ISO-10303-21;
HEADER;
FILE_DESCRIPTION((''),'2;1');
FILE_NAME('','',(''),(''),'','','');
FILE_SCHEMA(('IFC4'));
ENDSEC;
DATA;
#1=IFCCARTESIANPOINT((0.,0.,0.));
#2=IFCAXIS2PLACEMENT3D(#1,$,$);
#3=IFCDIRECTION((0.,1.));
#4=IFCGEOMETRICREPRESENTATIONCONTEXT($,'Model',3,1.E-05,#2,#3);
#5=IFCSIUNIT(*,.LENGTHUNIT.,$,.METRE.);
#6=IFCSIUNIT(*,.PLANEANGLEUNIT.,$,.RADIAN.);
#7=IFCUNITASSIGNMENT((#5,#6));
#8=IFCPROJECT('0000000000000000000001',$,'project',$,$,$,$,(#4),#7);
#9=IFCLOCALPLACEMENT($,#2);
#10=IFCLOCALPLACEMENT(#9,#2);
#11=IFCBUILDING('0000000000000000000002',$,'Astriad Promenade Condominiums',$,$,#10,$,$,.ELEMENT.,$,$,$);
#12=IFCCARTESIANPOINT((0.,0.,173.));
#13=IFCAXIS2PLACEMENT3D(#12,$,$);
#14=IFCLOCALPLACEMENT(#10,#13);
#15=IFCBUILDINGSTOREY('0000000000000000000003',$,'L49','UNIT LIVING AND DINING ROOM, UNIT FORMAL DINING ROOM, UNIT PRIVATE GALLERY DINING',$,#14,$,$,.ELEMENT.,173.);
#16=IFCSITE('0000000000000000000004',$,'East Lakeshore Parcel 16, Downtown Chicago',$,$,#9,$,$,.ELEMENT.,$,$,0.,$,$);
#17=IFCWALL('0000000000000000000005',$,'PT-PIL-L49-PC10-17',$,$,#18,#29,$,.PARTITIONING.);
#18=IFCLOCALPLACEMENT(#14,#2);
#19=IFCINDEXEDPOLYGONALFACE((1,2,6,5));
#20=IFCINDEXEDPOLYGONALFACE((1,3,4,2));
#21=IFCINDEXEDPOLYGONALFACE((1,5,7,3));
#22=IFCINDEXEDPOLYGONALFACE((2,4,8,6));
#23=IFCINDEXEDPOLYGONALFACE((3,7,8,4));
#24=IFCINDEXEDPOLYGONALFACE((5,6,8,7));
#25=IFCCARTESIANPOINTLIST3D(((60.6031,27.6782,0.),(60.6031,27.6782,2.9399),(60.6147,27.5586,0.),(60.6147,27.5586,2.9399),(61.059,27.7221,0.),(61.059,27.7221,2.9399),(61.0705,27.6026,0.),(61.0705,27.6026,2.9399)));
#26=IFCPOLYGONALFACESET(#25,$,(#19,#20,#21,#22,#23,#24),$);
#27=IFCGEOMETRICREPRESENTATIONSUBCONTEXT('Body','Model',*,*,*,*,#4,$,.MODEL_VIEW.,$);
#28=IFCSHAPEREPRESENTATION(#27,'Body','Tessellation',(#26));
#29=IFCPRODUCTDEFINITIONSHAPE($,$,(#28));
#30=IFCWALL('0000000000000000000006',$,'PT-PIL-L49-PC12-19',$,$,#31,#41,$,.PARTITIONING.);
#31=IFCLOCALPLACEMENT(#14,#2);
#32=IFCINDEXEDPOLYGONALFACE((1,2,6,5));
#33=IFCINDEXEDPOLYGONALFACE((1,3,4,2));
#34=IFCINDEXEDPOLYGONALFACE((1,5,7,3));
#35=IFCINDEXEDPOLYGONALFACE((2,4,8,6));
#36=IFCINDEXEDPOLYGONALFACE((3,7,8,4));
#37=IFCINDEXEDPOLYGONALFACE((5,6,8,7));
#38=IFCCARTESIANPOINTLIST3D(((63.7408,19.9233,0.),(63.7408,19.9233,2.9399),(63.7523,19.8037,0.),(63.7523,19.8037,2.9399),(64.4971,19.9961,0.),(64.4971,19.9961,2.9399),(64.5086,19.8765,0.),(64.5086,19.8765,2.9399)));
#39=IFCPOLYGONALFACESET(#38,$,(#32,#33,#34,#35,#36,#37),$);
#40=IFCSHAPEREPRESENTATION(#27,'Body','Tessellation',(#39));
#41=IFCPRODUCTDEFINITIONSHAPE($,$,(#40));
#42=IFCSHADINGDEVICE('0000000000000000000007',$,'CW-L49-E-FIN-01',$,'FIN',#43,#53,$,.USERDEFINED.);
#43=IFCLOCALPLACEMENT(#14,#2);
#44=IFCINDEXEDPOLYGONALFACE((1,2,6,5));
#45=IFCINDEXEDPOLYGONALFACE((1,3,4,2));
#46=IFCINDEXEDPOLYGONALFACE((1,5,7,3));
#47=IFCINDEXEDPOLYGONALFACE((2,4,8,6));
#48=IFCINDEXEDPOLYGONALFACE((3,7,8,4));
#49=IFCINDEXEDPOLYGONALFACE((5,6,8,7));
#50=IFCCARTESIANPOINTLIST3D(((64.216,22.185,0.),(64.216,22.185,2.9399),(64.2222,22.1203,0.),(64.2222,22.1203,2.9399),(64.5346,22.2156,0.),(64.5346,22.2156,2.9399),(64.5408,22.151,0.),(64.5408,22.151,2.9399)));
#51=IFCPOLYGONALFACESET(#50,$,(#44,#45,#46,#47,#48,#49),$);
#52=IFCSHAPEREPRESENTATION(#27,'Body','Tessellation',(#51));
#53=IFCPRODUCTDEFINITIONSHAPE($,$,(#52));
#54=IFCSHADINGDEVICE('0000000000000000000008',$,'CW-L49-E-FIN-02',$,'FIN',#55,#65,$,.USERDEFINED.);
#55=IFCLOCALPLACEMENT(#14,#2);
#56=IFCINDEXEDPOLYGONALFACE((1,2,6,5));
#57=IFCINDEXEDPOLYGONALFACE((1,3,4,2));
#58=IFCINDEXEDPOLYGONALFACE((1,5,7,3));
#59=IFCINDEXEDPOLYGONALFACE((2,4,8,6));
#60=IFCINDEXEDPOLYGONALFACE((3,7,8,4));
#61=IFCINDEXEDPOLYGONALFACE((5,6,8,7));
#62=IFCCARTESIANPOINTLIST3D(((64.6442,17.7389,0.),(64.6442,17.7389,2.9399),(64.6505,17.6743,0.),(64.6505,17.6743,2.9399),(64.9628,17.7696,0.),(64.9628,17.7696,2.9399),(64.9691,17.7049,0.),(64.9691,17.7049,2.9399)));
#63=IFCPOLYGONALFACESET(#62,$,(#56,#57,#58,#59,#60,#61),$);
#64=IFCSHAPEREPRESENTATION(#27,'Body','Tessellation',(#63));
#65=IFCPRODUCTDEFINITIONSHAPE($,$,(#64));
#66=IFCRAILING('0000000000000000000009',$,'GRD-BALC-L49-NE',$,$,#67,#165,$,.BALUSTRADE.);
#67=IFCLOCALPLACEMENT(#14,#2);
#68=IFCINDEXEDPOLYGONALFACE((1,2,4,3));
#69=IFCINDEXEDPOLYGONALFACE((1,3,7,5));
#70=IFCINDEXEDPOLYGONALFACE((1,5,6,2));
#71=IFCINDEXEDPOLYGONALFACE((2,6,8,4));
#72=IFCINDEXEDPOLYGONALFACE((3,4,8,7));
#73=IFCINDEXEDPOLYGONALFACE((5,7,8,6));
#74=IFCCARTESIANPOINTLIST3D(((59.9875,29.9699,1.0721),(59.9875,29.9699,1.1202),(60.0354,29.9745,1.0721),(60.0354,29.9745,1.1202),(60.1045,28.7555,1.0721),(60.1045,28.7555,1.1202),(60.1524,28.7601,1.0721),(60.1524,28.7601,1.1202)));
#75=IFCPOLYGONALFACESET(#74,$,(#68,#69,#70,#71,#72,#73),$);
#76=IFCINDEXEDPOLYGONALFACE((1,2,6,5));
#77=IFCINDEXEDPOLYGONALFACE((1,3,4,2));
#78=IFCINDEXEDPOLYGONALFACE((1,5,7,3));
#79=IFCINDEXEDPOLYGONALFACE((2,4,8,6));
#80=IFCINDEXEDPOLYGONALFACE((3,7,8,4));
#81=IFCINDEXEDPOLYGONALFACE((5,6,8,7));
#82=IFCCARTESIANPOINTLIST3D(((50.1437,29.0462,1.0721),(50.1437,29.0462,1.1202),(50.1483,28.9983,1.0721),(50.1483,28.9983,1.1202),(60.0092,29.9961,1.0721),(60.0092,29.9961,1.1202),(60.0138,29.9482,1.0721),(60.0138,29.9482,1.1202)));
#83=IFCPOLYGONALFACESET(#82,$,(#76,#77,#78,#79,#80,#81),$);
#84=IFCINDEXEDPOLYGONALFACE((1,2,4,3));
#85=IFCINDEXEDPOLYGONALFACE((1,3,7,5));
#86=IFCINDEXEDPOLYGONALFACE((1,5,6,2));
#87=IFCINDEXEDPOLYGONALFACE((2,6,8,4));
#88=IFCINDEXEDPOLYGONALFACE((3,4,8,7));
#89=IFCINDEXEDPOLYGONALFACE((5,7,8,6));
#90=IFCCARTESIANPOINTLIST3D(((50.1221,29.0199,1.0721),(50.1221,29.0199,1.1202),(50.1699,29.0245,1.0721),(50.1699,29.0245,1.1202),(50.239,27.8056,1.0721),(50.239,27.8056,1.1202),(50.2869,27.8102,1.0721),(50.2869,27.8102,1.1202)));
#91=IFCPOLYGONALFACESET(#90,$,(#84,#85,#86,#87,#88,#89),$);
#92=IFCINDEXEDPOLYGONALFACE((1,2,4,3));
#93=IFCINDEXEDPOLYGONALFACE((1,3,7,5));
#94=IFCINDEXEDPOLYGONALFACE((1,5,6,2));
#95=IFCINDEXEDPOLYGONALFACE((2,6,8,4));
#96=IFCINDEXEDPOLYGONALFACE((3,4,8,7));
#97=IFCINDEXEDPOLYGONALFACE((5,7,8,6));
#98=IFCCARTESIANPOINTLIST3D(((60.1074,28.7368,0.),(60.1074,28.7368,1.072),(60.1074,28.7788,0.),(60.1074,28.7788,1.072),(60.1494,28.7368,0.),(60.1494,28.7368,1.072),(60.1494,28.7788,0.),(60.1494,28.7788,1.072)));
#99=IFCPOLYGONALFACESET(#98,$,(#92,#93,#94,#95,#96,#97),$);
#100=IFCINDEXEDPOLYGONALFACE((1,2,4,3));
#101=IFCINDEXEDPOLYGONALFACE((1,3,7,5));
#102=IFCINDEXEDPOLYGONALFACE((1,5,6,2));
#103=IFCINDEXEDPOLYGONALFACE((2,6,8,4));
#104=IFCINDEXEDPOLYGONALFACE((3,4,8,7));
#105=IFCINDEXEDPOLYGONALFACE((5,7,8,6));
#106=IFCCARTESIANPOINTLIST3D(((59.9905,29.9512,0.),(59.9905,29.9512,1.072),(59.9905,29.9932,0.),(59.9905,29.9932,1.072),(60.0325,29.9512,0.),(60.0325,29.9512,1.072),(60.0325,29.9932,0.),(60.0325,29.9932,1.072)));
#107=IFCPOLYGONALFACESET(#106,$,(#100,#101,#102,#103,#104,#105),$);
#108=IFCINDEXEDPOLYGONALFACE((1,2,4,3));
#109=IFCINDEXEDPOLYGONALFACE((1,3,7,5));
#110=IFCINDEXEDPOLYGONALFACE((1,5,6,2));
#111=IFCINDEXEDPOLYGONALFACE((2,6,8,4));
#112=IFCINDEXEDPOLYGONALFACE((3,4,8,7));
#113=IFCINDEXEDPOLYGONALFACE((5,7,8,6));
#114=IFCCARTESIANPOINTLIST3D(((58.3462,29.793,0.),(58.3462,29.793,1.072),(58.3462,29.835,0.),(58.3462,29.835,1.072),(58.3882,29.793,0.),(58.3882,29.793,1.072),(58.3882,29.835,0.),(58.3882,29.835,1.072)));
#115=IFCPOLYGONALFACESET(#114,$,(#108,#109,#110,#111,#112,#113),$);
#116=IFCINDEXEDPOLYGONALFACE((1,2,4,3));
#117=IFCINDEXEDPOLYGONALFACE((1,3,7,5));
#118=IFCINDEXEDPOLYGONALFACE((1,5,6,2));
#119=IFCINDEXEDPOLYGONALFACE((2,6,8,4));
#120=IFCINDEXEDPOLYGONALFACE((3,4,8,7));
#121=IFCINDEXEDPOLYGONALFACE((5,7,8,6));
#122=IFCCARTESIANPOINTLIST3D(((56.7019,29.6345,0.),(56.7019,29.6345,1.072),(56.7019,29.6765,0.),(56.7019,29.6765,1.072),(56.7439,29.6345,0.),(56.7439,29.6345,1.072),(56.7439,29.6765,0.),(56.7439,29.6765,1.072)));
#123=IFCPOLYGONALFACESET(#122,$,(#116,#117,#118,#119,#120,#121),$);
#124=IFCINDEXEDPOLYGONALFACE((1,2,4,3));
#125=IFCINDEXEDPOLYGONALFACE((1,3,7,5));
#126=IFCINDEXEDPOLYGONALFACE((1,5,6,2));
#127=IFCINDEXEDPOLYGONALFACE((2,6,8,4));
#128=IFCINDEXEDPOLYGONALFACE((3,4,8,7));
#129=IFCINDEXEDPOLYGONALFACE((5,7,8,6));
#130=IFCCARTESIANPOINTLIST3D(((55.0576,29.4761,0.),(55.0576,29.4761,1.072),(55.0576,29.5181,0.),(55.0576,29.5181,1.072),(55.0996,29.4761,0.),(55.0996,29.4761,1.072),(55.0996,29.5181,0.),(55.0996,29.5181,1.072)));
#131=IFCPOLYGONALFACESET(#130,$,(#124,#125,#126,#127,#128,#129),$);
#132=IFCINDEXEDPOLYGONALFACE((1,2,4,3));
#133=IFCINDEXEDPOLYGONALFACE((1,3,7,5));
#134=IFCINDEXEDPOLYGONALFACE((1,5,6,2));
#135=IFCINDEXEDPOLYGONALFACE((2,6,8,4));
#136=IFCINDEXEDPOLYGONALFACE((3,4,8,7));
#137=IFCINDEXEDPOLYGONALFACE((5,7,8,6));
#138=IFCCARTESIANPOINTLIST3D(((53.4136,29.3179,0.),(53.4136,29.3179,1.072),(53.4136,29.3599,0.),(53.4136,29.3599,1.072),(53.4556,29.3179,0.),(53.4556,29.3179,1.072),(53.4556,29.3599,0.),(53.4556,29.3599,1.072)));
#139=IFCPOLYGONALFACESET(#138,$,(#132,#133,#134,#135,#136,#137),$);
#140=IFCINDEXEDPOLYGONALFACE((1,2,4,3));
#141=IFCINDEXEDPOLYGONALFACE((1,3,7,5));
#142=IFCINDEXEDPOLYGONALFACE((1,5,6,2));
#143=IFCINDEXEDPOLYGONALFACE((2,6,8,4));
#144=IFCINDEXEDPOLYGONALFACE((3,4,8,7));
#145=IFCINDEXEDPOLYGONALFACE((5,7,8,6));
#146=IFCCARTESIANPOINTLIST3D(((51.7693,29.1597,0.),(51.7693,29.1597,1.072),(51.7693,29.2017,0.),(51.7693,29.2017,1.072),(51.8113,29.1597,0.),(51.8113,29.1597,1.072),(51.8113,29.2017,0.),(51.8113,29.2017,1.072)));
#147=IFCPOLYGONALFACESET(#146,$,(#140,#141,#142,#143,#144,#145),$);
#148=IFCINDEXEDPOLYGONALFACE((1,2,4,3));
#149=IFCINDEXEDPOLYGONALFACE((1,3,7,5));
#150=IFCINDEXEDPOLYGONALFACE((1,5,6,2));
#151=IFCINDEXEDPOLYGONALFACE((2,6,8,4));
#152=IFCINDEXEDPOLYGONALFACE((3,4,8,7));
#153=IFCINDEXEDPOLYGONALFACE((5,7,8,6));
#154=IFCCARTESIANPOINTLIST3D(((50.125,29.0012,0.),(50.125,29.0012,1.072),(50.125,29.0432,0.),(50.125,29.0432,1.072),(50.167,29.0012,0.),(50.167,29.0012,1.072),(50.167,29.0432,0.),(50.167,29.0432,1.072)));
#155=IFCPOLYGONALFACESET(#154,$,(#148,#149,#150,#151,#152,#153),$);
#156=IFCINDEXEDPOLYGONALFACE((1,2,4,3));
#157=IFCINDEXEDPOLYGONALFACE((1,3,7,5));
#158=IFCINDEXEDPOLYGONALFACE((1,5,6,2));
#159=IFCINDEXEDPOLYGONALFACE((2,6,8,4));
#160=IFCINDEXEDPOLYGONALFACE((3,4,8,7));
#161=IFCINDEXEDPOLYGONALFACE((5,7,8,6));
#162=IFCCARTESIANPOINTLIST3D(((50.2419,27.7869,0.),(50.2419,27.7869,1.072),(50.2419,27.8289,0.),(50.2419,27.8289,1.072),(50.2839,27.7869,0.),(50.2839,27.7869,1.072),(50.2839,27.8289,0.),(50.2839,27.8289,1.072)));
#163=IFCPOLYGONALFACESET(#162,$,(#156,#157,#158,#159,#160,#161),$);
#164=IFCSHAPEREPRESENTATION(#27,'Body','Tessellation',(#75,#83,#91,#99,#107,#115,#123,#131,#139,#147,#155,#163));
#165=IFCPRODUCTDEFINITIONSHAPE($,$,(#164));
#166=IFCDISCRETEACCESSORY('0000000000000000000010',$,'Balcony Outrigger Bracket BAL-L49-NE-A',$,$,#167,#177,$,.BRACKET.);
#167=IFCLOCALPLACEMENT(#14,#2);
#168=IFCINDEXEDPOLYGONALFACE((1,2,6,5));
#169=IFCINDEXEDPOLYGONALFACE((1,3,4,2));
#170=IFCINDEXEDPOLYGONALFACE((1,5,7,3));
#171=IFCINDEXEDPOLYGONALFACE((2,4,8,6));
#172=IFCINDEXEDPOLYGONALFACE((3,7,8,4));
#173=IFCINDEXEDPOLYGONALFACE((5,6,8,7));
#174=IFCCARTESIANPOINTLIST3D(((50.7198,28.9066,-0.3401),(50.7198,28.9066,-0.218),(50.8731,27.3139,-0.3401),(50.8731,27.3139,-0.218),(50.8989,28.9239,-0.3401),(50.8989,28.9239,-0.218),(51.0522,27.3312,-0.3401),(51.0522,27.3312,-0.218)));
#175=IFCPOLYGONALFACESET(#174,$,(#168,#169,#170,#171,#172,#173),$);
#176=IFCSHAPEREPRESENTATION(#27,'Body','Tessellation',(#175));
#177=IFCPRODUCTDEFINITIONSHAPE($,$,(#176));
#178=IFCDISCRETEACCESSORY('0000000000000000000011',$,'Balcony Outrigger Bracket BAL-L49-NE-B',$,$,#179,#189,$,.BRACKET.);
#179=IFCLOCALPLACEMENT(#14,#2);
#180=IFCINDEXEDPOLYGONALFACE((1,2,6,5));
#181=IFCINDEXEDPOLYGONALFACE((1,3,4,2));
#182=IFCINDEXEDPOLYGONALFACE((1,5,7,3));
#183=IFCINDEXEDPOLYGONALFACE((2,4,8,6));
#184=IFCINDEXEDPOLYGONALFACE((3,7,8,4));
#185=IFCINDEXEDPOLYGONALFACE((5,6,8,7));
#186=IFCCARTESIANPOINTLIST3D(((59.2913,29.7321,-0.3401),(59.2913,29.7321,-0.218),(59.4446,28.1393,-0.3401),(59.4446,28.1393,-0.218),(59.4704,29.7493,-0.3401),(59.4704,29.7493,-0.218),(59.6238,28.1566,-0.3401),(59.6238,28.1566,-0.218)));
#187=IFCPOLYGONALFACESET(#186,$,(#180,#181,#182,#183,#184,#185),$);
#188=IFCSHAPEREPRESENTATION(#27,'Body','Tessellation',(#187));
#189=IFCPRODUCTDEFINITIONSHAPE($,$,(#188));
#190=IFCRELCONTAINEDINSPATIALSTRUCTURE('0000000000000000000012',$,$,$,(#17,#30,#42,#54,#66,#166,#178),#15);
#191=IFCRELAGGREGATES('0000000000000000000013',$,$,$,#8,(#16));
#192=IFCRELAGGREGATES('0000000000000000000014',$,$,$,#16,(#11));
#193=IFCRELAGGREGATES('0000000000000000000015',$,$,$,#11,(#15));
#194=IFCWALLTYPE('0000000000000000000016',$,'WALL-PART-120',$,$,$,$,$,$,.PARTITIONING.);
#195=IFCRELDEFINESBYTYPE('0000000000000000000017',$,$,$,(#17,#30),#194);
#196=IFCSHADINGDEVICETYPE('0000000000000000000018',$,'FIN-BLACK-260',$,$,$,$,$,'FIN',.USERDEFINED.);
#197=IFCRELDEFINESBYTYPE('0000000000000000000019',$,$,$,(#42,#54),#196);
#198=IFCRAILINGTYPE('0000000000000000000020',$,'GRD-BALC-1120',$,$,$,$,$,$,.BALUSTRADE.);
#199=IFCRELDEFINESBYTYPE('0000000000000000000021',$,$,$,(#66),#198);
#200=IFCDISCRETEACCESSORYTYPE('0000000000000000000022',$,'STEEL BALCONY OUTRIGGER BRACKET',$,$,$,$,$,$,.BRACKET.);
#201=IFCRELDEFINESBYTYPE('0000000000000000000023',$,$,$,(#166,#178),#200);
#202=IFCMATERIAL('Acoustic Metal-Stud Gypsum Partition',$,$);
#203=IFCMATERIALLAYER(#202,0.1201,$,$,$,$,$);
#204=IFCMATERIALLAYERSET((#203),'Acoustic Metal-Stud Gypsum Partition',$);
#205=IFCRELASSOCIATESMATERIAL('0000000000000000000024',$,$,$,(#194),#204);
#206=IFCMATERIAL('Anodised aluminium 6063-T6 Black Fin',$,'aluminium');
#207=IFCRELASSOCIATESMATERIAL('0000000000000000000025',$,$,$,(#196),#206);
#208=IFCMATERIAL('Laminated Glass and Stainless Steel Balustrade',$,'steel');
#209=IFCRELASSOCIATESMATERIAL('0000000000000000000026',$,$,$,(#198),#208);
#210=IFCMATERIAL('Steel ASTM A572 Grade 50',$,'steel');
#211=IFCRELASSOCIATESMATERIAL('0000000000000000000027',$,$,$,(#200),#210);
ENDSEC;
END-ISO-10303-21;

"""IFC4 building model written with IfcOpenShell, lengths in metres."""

from ifc_helpers import new_model, si_unit, direction, frame, frame_2d, origin, origin_2d, place, context, subcontext, project, spatial, rectangle, extrude, source, transform, mapped, material, layer, layer_set, type_object, type_shapes, element, save


model = new_model("IFC4")

# Units and contexts
model_context = context("Model", 3, precision=1e-05, world=origin(), true_north=direction((0.0, 1.0)))
body_context = subcontext(model_context, "Body", "Model", "MODEL_VIEW")
ifc_project = project(units=[si_unit("LENGTHUNIT", "METRE"), si_unit("PLANEANGLEUNIT", "RADIAN")], contexts=[model_context])

# Site, building, storey
site_placement = place(None, origin())
site = spatial("IfcSite", under=ifc_project, at=site_placement, Name="East Lakeshore Parcel 16, Downtown Chicago", CompositionType="ELEMENT", RefElevation=0.0)
building_placement = place(site_placement, origin())
building = spatial("IfcBuilding", under=site, at=building_placement, Name="Astriad Promenade Condominiums", CompositionType="ELEMENT")
storey_placement = place(building_placement, frame((0.0, 0.0, 173.0)))
storey = spatial("IfcBuildingStorey", under=building, at=storey_placement, Name="L49", Description="UNIT LIVING AND DINING ROOM, UNIT FORMAL DINING ROOM, UNIT PRIVATE GALLERY DINING", CompositionType="ELEMENT", Elevation=173.0)

# Shared definitions
ifc_material_1 = material(Name="Acoustic Metal-Stud Gypsum Partition")
ifc_layer_1 = layer(ifc_material_1, 0.1201)
ifc_layer_set_1 = layer_set([ifc_layer_1], Name="Acoustic Metal-Stud Gypsum Partition")
wall_type_1 = type_object("IfcWallType", Name="WALL-PART-120", PredefinedType="PARTITIONING", material=ifc_layer_set_1)

# Walls
wall_1_placement = place(storey_placement, frame((60.6089, 27.6184, 0.0), z_axis=(0.0, 0.0, 1.0), x_axis=(0.995385, 0.095966, 0.0)))
element("IfcWall", 1, at=wall_1_placement, inside=storey, type_object=wall_type_1, Name="PT-PIL-L49-PC10-17", PredefinedType="PARTITIONING", context=body_context, shape_type="SweptSolid", body=[
    extrude(rectangle(XDim=0.458, YDim=0.1201, at=frame_2d((0.229, 0.0))), origin(), (0.0, 0.0, 1.0), 2.9399),
])
wall_2_placement = place(storey_placement, frame((63.7466, 19.8635, 0.0), z_axis=(0.0, 0.0, 1.0), x_axis=(0.995405, 0.095749, 0.0)))
element("IfcWall", 2, at=wall_2_placement, inside=storey, type_object=wall_type_1, Name="PT-PIL-L49-PC12-19", PredefinedType="PARTITIONING", context=body_context, shape_type="SweptSolid", body=[
    extrude(rectangle(XDim=0.7598, YDim=0.1201, at=frame_2d((0.3799, 0.0))), origin(), (0.0, 0.0, 1.0), 2.9399),
])

# Shading devices
ifc_material_2 = material(Name="Anodised aluminium 6063-T6 Black Fin", Category="aluminium")
shading_device_type = type_object("IfcShadingDeviceType", Name="FIN-BLACK-260", ElementType="FIN", PredefinedType="USERDEFINED", material=ifc_material_2)
shared_shape_1 = source(origin(), body_context, "Body", "SweptSolid", [
    extrude(rectangle(XDim=0.0649, YDim=0.3201, at=origin_2d()), origin(), (0.0, 0.0, 1.0), 2.9399),
])
type_shapes(shading_device_type, [shared_shape_1])
for number, where, z_axis, x_axis, name in (
    (3, (64.3784, 22.168, 0.0), (0.0, 0.0, 1.0), (0.095846, -0.995396, 0.0), "CW-L49-E-FIN-01"),
    (4, (64.8066, 17.7219, 0.0), (0.0, 0.0, 1.0), (0.095846, -0.995396, 0.0), "CW-L49-E-FIN-02"),
):
    element("IfcShadingDevice", number, at=place(storey_placement, frame(where, z_axis=z_axis, x_axis=x_axis)), inside=storey, type_object=shading_device_type, Name=name, ObjectType="FIN", PredefinedType="USERDEFINED", context=body_context, shape_type="MappedRepresentation", body=[
        mapped(shared_shape_1, transform((0.0, 0.0, 0.0), scale=1.0)),
    ])

# Railing
ifc_material_3 = material(Name="Laminated Glass and Stainless Steel Balustrade", Category="steel")
railing_type = type_object("IfcRailingType", Name="GRD-BALC-1120", PredefinedType="BALUSTRADE", material=ifc_material_3)
shared_shape_2 = source(origin(), body_context, "Body", "SweptSolid", [
    extrude(rectangle(XDim=0.0481, YDim=0.0481, at=origin_2d()), frame((0.0, 0.0, 1.0962), z_axis=(-0.095857, 0.995395, 0.0), x_axis=(-0.995395, -0.095857, 0.0)), (0.0, 0.0, 1.0), 1.22),
    extrude(rectangle(XDim=0.0481, YDim=0.0481, at=origin_2d()), frame((-0.1169, 1.2144, 1.0962), z_axis=(-0.995396, -0.095847, 0.0), x_axis=(0.095847, -0.995396, 0.0)), (0.0, 0.0, 1.0), 9.9111),
    extrude(rectangle(XDim=0.0481, YDim=0.0481, at=origin_2d()), frame((-9.9824, 0.2644, 1.0962), z_axis=(0.095857, -0.995395, 0.0), x_axis=(0.995395, 0.095857, 0.0)), (0.0, 0.0, 1.0), 1.22),
    extrude(rectangle(XDim=0.042, YDim=0.042, at=origin_2d()), origin(), (0.0, 0.0, 1.0), 1.072),
    extrude(rectangle(XDim=0.042, YDim=0.042, at=origin_2d()), frame((-0.1169, 1.2144, 0.0)), (0.0, 0.0, 1.0), 1.072),
    extrude(rectangle(XDim=0.042, YDim=0.042, at=origin_2d()), frame((-1.7612, 1.0562, 0.0)), (0.0, 0.0, 1.0), 1.072),
    extrude(rectangle(XDim=0.042, YDim=0.042, at=origin_2d()), frame((-3.4055, 0.8977, 0.0)), (0.0, 0.0, 1.0), 1.072),
    extrude(rectangle(XDim=0.042, YDim=0.042, at=origin_2d()), frame((-5.0498, 0.7393, 0.0)), (0.0, 0.0, 1.0), 1.072),
    extrude(rectangle(XDim=0.042, YDim=0.042, at=origin_2d()), frame((-6.6938, 0.5811, 0.0)), (0.0, 0.0, 1.0), 1.072),
    extrude(rectangle(XDim=0.042, YDim=0.042, at=origin_2d()), frame((-8.3381, 0.4229, 0.0)), (0.0, 0.0, 1.0), 1.072),
    extrude(rectangle(XDim=0.042, YDim=0.042, at=origin_2d()), frame((-9.9824, 0.2644, 0.0)), (0.0, 0.0, 1.0), 1.072),
    extrude(rectangle(XDim=0.042, YDim=0.042, at=origin_2d()), frame((-9.8655, -0.95, 0.0)), (0.0, 0.0, 1.0), 1.072),
])
type_shapes(railing_type, [shared_shape_2])
railing_placement = place(storey_placement, frame((60.1284, 28.7578, 0.0)))
element("IfcRailing", 5, at=railing_placement, inside=storey, type_object=railing_type, Name="GRD-BALC-L49-NE", PredefinedType="BALUSTRADE", context=body_context, shape_type="MappedRepresentation", body=[
    mapped(shared_shape_2, transform((0.0, 0.0, 0.0), scale=1.0)),
])

# Discrete accessories
ifc_material_4 = material(Name="Steel ASTM A572 Grade 50", Category="steel")
discrete_accessory_type = type_object("IfcDiscreteAccessoryType", Name="STEEL BALCONY OUTRIGGER BRACKET", PredefinedType="BRACKET", material=ifc_material_4)
shared_shape_3 = source(origin(), body_context, "Body", "SweptSolid", [
    extrude(rectangle(XDim=1.6001, YDim=0.1799, at=origin_2d()), origin(), (0.0, 0.0, 1.0), 0.1221),
])
type_shapes(discrete_accessory_type, [shared_shape_3])
for number, where, z_axis, x_axis, name in (
    (6, (50.886, 28.1189, -0.3401), (0.0, 0.0, 1.0), (-0.095846, 0.995396, 0.0), "Balcony Outrigger Bracket BAL-L49-NE-A"),
    (7, (59.4575, 28.9443, -0.3401), (0.0, 0.0, 1.0), (-0.095846, 0.995396, 0.0), "Balcony Outrigger Bracket BAL-L49-NE-B"),
):
    element("IfcDiscreteAccessory", number, at=place(storey_placement, frame(where, z_axis=z_axis, x_axis=x_axis)), inside=storey, type_object=discrete_accessory_type, Name=name, PredefinedType="BRACKET", context=body_context, shape_type="MappedRepresentation", body=[
        mapped(shared_shape_3, transform((0.0, 0.0, 0.0), scale=1.0)),
    ])

save(model, "model.ifc")
